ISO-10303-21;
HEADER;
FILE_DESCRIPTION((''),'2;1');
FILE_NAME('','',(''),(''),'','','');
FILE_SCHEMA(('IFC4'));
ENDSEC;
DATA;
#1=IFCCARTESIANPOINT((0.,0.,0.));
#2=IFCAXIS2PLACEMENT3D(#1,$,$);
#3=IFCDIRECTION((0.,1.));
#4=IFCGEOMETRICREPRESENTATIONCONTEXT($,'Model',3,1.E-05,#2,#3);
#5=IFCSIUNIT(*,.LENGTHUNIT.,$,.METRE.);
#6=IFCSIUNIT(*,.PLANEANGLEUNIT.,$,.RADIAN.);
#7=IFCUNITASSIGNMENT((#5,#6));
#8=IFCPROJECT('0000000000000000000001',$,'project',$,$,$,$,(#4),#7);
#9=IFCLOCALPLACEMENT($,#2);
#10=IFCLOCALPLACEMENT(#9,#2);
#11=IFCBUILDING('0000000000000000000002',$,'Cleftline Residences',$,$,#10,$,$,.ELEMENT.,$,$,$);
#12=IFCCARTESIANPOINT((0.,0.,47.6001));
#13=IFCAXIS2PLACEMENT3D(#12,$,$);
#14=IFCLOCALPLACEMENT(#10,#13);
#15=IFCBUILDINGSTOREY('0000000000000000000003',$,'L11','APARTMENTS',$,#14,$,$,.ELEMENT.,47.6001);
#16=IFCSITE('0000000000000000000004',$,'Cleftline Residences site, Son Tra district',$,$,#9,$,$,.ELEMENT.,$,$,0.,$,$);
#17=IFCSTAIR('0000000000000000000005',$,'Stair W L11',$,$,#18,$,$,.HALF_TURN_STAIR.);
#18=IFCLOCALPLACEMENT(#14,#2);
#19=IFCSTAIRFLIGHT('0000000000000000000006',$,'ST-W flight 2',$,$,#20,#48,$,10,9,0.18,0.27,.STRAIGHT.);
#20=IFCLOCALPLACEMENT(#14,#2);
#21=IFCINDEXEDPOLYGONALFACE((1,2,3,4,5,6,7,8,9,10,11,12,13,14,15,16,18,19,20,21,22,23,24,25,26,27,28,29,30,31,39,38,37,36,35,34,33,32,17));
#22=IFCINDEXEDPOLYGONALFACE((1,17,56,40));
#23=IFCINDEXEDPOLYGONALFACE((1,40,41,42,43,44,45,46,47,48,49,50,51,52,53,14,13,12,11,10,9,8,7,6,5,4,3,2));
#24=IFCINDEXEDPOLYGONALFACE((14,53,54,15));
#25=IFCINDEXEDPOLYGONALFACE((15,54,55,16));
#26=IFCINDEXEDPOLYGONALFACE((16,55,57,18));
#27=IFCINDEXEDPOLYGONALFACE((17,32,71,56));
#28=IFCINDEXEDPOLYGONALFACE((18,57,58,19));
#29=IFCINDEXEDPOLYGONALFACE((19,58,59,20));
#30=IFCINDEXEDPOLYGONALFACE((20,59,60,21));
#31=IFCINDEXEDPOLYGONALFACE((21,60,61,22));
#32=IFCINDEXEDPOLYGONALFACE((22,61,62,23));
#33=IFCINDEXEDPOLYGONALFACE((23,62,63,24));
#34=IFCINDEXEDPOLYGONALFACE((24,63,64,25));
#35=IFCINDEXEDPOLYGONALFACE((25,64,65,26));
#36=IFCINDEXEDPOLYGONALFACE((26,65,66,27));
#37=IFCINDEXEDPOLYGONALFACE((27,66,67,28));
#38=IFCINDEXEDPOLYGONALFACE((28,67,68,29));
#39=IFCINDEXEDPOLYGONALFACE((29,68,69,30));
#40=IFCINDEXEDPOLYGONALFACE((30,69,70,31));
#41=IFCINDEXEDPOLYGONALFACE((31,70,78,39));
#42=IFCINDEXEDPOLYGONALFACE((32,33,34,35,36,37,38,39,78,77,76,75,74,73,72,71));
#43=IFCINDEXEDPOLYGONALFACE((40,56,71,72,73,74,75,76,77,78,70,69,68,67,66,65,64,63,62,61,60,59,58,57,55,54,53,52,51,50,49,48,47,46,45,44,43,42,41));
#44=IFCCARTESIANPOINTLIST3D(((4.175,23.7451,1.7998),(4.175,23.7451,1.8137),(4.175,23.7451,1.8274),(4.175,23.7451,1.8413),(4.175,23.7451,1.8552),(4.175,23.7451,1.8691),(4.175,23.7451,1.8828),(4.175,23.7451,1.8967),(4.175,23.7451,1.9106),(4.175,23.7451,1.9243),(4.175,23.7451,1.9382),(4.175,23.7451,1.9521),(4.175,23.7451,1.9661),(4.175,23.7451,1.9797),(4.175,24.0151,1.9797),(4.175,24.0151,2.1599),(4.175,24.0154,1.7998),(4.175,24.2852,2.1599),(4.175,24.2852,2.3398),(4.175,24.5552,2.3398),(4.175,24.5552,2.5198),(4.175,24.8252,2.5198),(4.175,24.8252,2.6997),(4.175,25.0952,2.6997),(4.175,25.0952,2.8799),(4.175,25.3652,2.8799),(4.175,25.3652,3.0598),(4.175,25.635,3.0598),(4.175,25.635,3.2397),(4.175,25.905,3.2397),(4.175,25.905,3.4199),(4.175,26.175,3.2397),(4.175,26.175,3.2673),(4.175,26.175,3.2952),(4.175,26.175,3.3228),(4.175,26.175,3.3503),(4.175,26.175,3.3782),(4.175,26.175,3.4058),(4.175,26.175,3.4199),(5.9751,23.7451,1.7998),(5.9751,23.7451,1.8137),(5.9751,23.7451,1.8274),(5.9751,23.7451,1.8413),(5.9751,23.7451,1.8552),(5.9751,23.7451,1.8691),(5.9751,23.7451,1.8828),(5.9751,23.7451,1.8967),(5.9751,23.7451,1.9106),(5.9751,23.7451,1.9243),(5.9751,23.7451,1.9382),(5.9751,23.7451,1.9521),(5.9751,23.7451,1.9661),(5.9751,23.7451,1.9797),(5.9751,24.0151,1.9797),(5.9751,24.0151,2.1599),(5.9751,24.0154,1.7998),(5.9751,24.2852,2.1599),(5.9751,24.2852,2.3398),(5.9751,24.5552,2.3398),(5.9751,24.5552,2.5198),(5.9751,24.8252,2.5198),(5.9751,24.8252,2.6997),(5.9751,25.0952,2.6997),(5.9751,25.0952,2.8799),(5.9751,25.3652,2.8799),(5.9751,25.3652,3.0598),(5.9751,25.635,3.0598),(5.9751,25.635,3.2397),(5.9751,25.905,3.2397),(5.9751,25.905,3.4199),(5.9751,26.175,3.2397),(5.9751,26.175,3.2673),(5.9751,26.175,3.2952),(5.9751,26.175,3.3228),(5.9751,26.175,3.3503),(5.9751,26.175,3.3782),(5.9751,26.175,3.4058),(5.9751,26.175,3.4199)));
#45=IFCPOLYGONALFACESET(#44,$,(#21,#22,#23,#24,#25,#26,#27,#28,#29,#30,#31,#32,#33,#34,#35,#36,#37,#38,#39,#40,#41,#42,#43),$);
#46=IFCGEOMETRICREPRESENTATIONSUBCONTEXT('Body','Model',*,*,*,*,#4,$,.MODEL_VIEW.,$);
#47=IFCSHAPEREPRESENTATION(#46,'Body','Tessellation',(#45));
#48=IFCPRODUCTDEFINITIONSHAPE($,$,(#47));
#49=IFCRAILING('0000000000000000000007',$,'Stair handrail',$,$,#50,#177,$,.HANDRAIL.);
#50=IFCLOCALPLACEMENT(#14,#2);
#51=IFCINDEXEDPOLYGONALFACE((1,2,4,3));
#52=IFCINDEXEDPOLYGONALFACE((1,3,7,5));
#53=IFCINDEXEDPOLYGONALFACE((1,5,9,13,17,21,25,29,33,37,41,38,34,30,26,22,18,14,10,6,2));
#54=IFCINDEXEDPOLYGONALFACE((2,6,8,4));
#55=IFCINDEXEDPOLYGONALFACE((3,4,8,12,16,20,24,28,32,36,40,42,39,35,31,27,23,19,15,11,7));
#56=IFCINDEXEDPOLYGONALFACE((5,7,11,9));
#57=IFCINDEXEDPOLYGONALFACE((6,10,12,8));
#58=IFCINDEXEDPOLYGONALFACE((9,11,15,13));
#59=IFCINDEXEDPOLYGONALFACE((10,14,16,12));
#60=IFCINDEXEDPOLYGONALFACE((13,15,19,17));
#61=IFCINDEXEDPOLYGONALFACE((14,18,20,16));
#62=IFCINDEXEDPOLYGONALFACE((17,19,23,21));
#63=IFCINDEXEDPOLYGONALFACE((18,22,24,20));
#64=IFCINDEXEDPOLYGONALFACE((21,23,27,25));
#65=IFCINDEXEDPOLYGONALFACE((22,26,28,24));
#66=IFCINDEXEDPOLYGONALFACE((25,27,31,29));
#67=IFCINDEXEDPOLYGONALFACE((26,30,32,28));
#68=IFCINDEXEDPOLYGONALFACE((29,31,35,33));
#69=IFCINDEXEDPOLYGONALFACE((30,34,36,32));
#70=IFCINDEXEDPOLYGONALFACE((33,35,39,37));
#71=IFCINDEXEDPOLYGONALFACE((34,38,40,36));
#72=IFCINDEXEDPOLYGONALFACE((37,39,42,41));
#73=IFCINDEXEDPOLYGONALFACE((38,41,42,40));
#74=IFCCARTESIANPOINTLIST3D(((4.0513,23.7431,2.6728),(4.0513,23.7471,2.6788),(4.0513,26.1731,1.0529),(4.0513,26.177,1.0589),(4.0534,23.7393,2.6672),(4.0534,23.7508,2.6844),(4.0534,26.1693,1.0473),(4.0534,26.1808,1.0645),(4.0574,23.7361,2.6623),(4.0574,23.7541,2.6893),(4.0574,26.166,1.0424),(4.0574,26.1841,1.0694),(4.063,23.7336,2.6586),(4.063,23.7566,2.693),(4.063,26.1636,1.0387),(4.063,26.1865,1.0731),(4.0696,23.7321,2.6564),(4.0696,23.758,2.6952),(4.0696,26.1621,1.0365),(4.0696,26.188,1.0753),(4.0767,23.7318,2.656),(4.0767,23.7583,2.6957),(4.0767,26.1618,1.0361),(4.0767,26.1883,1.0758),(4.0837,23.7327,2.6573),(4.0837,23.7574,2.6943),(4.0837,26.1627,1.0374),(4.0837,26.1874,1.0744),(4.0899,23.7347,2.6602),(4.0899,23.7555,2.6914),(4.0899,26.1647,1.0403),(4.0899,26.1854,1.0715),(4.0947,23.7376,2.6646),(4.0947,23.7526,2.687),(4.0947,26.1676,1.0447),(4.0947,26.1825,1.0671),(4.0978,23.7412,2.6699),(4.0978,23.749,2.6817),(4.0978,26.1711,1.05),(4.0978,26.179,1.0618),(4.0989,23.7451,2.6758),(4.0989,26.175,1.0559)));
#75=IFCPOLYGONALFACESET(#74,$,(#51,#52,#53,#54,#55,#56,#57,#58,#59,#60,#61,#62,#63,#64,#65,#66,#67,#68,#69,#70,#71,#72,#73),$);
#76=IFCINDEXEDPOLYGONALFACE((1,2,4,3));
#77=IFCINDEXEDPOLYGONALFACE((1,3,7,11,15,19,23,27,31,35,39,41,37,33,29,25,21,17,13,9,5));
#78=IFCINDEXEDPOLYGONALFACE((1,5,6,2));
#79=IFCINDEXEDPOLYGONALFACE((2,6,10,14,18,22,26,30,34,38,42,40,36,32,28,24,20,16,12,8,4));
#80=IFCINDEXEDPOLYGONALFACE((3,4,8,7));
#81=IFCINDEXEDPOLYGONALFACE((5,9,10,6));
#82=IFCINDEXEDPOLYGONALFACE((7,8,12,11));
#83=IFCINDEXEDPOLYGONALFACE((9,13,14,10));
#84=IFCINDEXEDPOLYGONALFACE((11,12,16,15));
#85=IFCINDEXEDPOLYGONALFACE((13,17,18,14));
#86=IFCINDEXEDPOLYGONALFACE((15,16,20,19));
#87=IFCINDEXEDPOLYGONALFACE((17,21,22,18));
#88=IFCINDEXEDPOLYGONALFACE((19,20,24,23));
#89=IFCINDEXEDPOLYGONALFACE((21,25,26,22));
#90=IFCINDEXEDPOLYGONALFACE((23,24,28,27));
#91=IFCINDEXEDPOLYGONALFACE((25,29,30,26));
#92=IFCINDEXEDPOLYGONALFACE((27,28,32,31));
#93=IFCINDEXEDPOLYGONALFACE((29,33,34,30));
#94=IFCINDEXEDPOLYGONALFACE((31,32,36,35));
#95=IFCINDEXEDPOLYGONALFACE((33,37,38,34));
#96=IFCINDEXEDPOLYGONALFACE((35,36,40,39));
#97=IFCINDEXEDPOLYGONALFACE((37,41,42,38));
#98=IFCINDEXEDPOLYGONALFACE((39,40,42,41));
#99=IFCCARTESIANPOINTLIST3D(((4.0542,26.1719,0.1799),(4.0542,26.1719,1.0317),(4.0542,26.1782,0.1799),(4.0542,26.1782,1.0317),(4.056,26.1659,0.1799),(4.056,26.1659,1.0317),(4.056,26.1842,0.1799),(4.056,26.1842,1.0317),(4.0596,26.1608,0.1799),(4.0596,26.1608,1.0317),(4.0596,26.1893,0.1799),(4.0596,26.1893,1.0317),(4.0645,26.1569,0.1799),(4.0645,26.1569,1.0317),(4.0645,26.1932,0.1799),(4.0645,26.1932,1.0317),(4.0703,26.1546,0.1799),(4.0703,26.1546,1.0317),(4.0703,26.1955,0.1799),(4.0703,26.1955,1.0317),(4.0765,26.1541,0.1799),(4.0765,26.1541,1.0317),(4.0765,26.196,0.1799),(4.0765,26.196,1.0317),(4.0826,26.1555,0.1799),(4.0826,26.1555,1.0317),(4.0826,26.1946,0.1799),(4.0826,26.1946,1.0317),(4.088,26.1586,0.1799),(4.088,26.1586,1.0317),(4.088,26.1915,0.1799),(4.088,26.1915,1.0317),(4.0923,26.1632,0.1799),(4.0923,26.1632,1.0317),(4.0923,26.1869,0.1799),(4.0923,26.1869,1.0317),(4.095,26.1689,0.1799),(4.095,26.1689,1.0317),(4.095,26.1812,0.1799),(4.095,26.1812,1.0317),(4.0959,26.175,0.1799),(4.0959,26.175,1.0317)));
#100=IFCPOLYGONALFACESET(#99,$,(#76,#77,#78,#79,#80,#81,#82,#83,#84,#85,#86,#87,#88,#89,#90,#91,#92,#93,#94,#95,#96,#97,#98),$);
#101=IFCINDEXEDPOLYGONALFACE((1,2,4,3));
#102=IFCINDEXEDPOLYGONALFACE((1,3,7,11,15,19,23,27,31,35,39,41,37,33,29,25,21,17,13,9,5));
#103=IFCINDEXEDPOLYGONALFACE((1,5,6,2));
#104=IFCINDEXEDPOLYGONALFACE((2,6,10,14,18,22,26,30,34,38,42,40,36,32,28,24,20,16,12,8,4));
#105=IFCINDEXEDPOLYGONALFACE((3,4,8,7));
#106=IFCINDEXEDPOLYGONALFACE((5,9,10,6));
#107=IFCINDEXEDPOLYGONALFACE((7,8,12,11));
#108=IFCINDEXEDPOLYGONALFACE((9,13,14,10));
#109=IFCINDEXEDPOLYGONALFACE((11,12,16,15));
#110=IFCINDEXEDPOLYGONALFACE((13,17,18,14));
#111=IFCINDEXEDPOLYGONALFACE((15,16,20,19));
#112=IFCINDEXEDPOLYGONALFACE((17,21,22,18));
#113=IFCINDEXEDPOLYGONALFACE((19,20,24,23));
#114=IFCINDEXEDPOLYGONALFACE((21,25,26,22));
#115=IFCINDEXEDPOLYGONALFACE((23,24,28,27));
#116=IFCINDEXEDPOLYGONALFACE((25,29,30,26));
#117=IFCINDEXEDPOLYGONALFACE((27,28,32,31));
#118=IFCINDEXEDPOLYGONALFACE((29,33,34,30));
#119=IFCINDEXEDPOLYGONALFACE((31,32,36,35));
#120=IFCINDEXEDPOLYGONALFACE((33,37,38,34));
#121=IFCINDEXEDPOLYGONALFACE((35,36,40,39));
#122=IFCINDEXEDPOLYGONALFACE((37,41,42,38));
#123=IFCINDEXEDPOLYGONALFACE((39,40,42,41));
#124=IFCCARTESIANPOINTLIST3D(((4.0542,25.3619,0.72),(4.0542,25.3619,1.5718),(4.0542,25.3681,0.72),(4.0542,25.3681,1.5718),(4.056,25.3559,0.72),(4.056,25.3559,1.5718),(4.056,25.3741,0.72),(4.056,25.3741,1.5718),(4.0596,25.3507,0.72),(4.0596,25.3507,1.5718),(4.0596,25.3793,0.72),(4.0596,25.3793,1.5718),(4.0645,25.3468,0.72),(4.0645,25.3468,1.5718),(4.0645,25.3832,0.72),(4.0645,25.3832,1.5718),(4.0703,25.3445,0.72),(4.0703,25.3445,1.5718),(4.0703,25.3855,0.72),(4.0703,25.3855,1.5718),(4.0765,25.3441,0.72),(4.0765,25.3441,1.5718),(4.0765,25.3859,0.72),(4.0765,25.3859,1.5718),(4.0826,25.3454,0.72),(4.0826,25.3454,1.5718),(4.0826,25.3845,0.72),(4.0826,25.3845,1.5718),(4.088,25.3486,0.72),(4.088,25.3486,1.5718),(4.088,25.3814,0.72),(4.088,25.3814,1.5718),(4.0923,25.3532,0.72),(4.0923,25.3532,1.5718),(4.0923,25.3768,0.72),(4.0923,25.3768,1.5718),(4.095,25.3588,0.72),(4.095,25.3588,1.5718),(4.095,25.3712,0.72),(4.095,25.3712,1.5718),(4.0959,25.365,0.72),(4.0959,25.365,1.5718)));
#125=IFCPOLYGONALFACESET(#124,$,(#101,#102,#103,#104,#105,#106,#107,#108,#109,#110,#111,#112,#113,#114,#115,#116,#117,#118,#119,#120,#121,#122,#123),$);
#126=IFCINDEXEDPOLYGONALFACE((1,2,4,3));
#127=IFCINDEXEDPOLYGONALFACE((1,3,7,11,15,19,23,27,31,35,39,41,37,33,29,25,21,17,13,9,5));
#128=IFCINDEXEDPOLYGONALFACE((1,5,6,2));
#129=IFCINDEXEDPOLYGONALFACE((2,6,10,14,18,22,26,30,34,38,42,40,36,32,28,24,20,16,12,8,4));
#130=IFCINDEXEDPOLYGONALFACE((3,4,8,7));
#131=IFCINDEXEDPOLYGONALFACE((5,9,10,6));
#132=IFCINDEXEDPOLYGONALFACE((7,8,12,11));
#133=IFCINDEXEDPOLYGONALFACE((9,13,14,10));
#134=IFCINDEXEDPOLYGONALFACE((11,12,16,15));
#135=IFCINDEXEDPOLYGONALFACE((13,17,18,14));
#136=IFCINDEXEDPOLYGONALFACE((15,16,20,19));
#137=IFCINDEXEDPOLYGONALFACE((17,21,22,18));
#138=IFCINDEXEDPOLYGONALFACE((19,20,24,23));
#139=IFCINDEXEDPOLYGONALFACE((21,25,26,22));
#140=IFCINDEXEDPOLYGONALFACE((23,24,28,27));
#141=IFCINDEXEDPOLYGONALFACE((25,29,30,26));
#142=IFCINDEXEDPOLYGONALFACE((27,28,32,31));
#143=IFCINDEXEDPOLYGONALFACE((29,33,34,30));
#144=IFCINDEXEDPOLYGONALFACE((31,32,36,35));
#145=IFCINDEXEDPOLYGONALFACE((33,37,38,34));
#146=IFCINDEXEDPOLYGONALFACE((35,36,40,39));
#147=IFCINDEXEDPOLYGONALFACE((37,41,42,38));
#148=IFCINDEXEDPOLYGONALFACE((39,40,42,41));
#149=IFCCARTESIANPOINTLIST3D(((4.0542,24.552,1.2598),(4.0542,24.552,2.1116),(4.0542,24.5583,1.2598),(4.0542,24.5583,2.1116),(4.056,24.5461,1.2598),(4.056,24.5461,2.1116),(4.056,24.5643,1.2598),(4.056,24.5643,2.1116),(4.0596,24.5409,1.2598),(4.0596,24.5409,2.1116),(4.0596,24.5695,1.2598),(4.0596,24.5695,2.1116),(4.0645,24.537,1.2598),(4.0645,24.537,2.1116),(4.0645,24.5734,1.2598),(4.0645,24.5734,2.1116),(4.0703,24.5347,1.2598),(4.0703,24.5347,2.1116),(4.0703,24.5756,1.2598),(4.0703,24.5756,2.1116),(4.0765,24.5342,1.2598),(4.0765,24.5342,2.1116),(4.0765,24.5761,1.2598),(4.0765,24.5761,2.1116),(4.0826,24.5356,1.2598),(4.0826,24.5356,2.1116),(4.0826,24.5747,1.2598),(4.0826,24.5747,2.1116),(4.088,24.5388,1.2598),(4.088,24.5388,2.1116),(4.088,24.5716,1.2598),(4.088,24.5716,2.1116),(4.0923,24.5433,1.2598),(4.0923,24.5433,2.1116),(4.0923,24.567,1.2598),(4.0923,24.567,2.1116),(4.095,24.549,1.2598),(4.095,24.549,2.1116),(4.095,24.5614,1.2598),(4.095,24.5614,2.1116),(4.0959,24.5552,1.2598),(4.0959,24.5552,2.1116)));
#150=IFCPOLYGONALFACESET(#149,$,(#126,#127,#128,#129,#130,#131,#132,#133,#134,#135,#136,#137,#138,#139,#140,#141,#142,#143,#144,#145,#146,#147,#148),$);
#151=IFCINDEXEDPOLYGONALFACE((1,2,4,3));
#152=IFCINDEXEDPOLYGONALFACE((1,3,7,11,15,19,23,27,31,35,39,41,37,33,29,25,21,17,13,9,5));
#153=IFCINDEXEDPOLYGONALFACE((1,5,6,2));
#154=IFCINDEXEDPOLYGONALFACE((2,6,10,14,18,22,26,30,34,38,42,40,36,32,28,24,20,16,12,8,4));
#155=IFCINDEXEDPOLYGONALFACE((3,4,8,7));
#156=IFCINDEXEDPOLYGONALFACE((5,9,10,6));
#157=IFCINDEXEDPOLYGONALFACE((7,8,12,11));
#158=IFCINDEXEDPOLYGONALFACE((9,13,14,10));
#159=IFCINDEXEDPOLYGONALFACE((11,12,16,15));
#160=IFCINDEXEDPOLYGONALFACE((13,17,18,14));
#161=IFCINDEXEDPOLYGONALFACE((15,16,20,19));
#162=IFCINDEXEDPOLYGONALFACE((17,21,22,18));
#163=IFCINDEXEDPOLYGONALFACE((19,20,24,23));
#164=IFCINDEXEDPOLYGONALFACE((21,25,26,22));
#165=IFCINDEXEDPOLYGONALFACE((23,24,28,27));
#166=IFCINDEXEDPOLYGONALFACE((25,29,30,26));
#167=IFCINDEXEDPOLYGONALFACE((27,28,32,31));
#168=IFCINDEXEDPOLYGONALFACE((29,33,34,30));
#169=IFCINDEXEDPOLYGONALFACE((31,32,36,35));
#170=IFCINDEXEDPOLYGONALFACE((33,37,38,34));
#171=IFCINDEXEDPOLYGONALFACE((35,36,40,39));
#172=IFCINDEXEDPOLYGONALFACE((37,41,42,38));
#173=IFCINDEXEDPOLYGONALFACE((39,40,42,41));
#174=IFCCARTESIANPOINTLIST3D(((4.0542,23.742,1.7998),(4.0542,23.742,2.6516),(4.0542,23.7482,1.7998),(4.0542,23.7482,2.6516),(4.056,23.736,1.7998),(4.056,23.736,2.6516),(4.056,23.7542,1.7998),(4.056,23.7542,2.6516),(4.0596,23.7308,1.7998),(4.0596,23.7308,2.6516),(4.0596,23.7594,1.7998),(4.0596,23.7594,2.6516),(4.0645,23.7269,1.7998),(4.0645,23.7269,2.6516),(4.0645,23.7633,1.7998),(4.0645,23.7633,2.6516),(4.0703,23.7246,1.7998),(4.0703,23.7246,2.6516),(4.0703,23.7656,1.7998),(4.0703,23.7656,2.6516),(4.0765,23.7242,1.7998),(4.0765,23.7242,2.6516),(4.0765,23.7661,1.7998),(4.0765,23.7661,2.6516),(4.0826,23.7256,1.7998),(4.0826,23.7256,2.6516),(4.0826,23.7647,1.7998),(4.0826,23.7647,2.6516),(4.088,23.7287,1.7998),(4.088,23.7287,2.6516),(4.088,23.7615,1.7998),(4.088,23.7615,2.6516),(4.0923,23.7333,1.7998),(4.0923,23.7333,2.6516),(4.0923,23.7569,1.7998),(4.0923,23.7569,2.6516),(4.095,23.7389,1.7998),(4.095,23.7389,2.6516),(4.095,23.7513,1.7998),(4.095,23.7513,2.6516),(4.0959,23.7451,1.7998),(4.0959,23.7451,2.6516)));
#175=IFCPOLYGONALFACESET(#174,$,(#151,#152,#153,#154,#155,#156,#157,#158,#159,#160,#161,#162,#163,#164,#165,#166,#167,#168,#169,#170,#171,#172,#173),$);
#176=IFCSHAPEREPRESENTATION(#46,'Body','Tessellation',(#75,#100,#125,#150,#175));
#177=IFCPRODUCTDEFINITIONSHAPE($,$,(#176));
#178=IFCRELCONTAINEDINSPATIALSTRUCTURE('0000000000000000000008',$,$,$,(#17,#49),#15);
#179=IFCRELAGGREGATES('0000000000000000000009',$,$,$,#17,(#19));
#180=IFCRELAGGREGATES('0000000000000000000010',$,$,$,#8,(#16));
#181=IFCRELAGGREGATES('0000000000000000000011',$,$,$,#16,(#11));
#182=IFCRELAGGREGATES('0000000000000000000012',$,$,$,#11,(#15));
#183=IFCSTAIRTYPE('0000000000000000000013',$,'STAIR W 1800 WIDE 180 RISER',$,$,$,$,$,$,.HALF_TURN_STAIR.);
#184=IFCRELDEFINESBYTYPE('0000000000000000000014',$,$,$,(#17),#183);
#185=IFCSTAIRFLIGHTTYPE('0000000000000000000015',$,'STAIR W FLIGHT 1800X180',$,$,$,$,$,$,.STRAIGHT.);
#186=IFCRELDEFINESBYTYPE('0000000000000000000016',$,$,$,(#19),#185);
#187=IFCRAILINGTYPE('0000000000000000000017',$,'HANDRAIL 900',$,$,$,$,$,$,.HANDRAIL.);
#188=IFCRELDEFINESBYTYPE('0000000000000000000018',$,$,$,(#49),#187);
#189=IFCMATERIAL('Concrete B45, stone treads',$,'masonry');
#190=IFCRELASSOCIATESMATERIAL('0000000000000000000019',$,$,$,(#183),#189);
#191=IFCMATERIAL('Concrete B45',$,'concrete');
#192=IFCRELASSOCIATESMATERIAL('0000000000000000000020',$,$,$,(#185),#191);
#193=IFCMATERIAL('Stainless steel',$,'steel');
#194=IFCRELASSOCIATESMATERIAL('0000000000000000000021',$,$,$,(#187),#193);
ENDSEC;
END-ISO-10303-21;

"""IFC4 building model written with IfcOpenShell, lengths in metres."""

from ifc_helpers import new_model, si_unit, direction, frame, origin, origin_2d, place, context, subcontext, project, spatial, polyline, circle, outline, extrude, material, type_object, element, aggregate, save


model = new_model("IFC4")

# Units and contexts
model_context = context("Model", 3, precision=1e-05, world=origin(), true_north=direction((0.0, 1.0)))
body_context = subcontext(model_context, "Body", "Model", "MODEL_VIEW")
ifc_project = project(units=[si_unit("LENGTHUNIT", "METRE"), si_unit("PLANEANGLEUNIT", "RADIAN")], contexts=[model_context])

# Site, building, storey
site_placement = place(None, origin())
site = spatial("IfcSite", under=ifc_project, at=site_placement, Name="Cleftline Residences site, Son Tra district", CompositionType="ELEMENT", RefElevation=0.0)
building_placement = place(site_placement, origin())
building = spatial("IfcBuilding", under=site, at=building_placement, Name="Cleftline Residences", CompositionType="ELEMENT")
storey_placement = place(building_placement, frame((0.0, 0.0, 47.6001)))
storey = spatial("IfcBuildingStorey", under=building, at=storey_placement, Name="L11", Description="APARTMENTS", CompositionType="ELEMENT", Elevation=47.6001)

# Stair, stair flight
ifc_material_1 = material(Name="Concrete B45, stone treads", Category="masonry")
stair_type = type_object("IfcStairType", Name="STAIR W 1800 WIDE 180 RISER", PredefinedType="HALF_TURN_STAIR", material=ifc_material_1)
stair_placement = place(storey_placement, origin())
stair = element("IfcStair", 1, at=stair_placement, inside=storey, type_object=stair_type, Name="Stair W L11", PredefinedType="HALF_TURN_STAIR")
ifc_material_2 = material(Name="Concrete B45", Category="concrete")
stair_flight_type = type_object("IfcStairFlightType", Name="STAIR W FLIGHT 1800X180", PredefinedType="STRAIGHT", material=ifc_material_2)
stair_flight_1_placement = place(storey_placement, frame((5.075, 23.7451, 1.7998), z_axis=(0.0, 0.0, 1.0), x_axis=(0.0, 1.0, 0.0)))
stair_flight_1 = element("IfcStairFlight", 2, at=stair_flight_1_placement, type_object=stair_flight_type, Name="ST-W flight 2", NumberOfRisers=10, NumberOfTreads=9, PredefinedType="STRAIGHT", RiserHeight=0.18, TreadLength=0.27, context=body_context, shape_type="SweptSolid", body=[
    extrude(outline(polyline([(0.0, 0.0), (0.0, 0.0139), (0.0, 0.0276), (0.0, 0.0415), (0.0, 0.0554), (0.0, 0.0693), (0.0, 0.083), (0.0, 0.0969), (0.0, 0.1108), (0.0, 0.1245), (0.0, 0.1384), (0.0, 0.1523), (0.0, 0.1663), (0.0, 0.1799), (0.27, 0.1799), (0.27, 0.3601), (0.54, 0.3601), (0.54, 0.54), (0.8101, 0.54), (0.8101, 0.72), (1.0801, 0.72), (1.0801, 0.8999), (1.3501, 0.8999), (1.3501, 1.0801), (1.6201, 1.0801), (1.6201, 1.26), (1.8899, 1.26), (1.8899, 1.4399), (2.1599, 1.4399), (2.1599, 1.6201), (2.4299, 1.6201), (2.4299, 1.8), (2.4299, 1.7722), (2.4299, 1.7446), (2.4299, 1.7168), (2.4299, 1.6892), (2.4299, 1.6614), (2.4299, 1.6338), (2.4299, 1.606), (2.4299, 1.5784), (2.4299, 1.5505), (2.4299, 1.5229), (2.4299, 1.4954), (2.4299, 1.4675), (2.4299, 1.4399), (0.2703, 0.0), (0.0, 0.0)])), frame((0.0, 0.8999, 0.0), z_axis=(0.0, -1.0, 0.0), x_axis=(1.0, 0.0, 0.0)), (0.0, 0.0, 1.0), 1.8),
])
aggregate(stair, [stair_flight_1])

# Railing
ifc_material_3 = material(Name="Stainless steel", Category="steel")
railing_type = type_object("IfcRailingType", Name="HANDRAIL 900", PredefinedType="HANDRAIL", material=ifc_material_3)
railing_1_placement = place(storey_placement, frame((4.075, 26.175, 0.1799)))
element("IfcRailing", 3, at=railing_1_placement, inside=storey, type_object=railing_type, Name="Stair handrail", PredefinedType="HANDRAIL", context=body_context, shape_type="SweptSolid", body=[
    extrude(circle(Radius=0.0239, at=origin_2d()), frame((0.0, 0.0, 0.876), z_axis=(0.0, -0.832063, 0.554681), x_axis=(1.0, 0.0, 0.0)), (0.0, 0.0, 1.0), 2.9204),
    extrude(circle(Radius=0.021, at=origin_2d()), origin(), (0.0, 0.0, 1.0), 0.8518),
    extrude(circle(Radius=0.021, at=origin_2d()), frame((0.0, -0.8101, 0.54)), (0.0, 0.0, 1.0), 0.8518),
    extrude(circle(Radius=0.021, at=origin_2d()), frame((0.0, -1.6199, 1.0798)), (0.0, 0.0, 1.0), 0.8518),
    extrude(circle(Radius=0.021, at=origin_2d()), frame((0.0, -2.4299, 1.6199)), (0.0, 0.0, 1.0), 0.8518),
])

save(model, "model.ifc")
